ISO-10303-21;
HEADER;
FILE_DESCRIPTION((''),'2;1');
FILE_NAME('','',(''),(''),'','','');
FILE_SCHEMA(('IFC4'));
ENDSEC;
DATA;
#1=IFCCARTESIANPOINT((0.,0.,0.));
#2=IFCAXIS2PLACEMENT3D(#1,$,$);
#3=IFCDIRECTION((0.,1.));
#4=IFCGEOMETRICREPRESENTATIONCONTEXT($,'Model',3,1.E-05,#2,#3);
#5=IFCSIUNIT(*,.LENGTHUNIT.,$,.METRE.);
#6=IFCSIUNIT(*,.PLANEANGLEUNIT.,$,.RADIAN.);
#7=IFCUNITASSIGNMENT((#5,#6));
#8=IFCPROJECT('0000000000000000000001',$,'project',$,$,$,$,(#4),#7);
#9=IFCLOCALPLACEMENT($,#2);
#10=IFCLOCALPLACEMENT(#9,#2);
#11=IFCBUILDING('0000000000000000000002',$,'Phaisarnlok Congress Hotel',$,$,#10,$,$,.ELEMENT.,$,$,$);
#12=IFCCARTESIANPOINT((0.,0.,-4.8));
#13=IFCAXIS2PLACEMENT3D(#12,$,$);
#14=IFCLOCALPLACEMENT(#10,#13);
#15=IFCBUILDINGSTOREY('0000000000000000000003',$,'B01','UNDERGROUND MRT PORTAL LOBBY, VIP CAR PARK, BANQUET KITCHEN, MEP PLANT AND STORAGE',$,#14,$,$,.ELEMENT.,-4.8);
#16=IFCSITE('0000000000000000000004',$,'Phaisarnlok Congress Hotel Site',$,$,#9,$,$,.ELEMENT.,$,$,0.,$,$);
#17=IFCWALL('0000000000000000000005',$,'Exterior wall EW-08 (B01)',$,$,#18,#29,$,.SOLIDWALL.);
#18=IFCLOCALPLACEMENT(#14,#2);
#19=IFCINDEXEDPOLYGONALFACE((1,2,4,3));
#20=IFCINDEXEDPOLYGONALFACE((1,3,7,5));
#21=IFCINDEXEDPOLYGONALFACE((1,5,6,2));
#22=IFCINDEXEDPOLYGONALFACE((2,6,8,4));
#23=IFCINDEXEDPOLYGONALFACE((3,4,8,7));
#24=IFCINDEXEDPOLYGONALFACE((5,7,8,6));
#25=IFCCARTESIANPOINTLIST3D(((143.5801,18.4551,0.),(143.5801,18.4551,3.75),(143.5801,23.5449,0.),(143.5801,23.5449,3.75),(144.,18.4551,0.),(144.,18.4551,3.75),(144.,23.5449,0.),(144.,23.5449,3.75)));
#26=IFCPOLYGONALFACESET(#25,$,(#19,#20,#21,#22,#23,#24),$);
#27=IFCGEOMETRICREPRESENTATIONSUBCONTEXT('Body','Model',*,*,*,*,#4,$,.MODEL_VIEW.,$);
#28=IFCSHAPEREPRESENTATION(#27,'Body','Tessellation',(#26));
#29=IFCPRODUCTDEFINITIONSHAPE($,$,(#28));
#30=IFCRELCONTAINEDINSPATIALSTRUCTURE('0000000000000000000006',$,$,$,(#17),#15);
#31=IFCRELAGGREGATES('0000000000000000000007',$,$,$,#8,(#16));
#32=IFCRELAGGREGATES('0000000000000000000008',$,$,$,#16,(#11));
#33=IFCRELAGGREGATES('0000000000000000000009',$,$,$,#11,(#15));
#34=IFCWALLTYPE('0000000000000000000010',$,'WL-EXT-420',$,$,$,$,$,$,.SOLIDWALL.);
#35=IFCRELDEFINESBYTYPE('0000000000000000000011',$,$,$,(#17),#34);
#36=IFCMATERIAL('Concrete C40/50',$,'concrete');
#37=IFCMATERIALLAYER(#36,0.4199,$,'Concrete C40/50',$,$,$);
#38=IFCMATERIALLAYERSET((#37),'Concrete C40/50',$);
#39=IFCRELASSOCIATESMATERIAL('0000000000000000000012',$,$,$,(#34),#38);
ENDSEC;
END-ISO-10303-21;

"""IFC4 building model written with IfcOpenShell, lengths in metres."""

from ifc_helpers import new_model, si_unit, direction, frame, frame_2d, origin, place, context, subcontext, project, spatial, rectangle, extrude, material, layer, layer_set, type_object, element, save


model = new_model("IFC4")

# Units and contexts
model_context = context("Model", 3, precision=1e-05, world=origin(), true_north=direction((0.0, 1.0)))
body_context = subcontext(model_context, "Body", "Model", "MODEL_VIEW")
ifc_project = project(units=[si_unit("LENGTHUNIT", "METRE"), si_unit("PLANEANGLEUNIT", "RADIAN")], contexts=[model_context])

# Site, building, storey
site_placement = place(None, origin())
site = spatial("IfcSite", under=ifc_project, at=site_placement, Name="Phaisarnlok Congress Hotel Site", CompositionType="ELEMENT", RefElevation=0.0)
building_placement = place(site_placement, origin())
building = spatial("IfcBuilding", under=site, at=building_placement, Name="Phaisarnlok Congress Hotel", CompositionType="ELEMENT")
storey_placement = place(building_placement, frame((0.0, 0.0, -4.8)))
storey = spatial("IfcBuildingStorey", under=building, at=storey_placement, Name="B01", Description="UNDERGROUND MRT PORTAL LOBBY, VIP CAR PARK, BANQUET KITCHEN, MEP PLANT AND STORAGE", CompositionType="ELEMENT", Elevation=-4.8)

# Shared definitions
ifc_material_1 = material(Name="Concrete C40/50", Category="concrete")

# Wall
ifc_layer = layer(ifc_material_1, 0.4199, Name="Concrete C40/50")
ifc_layer_set = layer_set([ifc_layer], Name="Concrete C40/50")
wall_type = type_object("IfcWallType", Name="WL-EXT-420", PredefinedType="SOLIDWALL", material=ifc_layer_set)
wall_placement = place(storey_placement, frame((143.79, 18.4551, 0.0), z_axis=(0.0, 0.0, 1.0), x_axis=(0.0, 1.0, 0.0)))
element("IfcWall", 1, at=wall_placement, inside=storey, type_object=wall_type, Name="Exterior wall EW-08 (B01)", PredefinedType="SOLIDWALL", context=body_context, shape_type="SweptSolid", body=[
    extrude(rectangle(XDim=5.0898, YDim=0.4199, at=frame_2d((2.5449, 0.0))), origin(), (0.0, 0.0, 1.0), 3.75),
])

save(model, "model.ifc")
